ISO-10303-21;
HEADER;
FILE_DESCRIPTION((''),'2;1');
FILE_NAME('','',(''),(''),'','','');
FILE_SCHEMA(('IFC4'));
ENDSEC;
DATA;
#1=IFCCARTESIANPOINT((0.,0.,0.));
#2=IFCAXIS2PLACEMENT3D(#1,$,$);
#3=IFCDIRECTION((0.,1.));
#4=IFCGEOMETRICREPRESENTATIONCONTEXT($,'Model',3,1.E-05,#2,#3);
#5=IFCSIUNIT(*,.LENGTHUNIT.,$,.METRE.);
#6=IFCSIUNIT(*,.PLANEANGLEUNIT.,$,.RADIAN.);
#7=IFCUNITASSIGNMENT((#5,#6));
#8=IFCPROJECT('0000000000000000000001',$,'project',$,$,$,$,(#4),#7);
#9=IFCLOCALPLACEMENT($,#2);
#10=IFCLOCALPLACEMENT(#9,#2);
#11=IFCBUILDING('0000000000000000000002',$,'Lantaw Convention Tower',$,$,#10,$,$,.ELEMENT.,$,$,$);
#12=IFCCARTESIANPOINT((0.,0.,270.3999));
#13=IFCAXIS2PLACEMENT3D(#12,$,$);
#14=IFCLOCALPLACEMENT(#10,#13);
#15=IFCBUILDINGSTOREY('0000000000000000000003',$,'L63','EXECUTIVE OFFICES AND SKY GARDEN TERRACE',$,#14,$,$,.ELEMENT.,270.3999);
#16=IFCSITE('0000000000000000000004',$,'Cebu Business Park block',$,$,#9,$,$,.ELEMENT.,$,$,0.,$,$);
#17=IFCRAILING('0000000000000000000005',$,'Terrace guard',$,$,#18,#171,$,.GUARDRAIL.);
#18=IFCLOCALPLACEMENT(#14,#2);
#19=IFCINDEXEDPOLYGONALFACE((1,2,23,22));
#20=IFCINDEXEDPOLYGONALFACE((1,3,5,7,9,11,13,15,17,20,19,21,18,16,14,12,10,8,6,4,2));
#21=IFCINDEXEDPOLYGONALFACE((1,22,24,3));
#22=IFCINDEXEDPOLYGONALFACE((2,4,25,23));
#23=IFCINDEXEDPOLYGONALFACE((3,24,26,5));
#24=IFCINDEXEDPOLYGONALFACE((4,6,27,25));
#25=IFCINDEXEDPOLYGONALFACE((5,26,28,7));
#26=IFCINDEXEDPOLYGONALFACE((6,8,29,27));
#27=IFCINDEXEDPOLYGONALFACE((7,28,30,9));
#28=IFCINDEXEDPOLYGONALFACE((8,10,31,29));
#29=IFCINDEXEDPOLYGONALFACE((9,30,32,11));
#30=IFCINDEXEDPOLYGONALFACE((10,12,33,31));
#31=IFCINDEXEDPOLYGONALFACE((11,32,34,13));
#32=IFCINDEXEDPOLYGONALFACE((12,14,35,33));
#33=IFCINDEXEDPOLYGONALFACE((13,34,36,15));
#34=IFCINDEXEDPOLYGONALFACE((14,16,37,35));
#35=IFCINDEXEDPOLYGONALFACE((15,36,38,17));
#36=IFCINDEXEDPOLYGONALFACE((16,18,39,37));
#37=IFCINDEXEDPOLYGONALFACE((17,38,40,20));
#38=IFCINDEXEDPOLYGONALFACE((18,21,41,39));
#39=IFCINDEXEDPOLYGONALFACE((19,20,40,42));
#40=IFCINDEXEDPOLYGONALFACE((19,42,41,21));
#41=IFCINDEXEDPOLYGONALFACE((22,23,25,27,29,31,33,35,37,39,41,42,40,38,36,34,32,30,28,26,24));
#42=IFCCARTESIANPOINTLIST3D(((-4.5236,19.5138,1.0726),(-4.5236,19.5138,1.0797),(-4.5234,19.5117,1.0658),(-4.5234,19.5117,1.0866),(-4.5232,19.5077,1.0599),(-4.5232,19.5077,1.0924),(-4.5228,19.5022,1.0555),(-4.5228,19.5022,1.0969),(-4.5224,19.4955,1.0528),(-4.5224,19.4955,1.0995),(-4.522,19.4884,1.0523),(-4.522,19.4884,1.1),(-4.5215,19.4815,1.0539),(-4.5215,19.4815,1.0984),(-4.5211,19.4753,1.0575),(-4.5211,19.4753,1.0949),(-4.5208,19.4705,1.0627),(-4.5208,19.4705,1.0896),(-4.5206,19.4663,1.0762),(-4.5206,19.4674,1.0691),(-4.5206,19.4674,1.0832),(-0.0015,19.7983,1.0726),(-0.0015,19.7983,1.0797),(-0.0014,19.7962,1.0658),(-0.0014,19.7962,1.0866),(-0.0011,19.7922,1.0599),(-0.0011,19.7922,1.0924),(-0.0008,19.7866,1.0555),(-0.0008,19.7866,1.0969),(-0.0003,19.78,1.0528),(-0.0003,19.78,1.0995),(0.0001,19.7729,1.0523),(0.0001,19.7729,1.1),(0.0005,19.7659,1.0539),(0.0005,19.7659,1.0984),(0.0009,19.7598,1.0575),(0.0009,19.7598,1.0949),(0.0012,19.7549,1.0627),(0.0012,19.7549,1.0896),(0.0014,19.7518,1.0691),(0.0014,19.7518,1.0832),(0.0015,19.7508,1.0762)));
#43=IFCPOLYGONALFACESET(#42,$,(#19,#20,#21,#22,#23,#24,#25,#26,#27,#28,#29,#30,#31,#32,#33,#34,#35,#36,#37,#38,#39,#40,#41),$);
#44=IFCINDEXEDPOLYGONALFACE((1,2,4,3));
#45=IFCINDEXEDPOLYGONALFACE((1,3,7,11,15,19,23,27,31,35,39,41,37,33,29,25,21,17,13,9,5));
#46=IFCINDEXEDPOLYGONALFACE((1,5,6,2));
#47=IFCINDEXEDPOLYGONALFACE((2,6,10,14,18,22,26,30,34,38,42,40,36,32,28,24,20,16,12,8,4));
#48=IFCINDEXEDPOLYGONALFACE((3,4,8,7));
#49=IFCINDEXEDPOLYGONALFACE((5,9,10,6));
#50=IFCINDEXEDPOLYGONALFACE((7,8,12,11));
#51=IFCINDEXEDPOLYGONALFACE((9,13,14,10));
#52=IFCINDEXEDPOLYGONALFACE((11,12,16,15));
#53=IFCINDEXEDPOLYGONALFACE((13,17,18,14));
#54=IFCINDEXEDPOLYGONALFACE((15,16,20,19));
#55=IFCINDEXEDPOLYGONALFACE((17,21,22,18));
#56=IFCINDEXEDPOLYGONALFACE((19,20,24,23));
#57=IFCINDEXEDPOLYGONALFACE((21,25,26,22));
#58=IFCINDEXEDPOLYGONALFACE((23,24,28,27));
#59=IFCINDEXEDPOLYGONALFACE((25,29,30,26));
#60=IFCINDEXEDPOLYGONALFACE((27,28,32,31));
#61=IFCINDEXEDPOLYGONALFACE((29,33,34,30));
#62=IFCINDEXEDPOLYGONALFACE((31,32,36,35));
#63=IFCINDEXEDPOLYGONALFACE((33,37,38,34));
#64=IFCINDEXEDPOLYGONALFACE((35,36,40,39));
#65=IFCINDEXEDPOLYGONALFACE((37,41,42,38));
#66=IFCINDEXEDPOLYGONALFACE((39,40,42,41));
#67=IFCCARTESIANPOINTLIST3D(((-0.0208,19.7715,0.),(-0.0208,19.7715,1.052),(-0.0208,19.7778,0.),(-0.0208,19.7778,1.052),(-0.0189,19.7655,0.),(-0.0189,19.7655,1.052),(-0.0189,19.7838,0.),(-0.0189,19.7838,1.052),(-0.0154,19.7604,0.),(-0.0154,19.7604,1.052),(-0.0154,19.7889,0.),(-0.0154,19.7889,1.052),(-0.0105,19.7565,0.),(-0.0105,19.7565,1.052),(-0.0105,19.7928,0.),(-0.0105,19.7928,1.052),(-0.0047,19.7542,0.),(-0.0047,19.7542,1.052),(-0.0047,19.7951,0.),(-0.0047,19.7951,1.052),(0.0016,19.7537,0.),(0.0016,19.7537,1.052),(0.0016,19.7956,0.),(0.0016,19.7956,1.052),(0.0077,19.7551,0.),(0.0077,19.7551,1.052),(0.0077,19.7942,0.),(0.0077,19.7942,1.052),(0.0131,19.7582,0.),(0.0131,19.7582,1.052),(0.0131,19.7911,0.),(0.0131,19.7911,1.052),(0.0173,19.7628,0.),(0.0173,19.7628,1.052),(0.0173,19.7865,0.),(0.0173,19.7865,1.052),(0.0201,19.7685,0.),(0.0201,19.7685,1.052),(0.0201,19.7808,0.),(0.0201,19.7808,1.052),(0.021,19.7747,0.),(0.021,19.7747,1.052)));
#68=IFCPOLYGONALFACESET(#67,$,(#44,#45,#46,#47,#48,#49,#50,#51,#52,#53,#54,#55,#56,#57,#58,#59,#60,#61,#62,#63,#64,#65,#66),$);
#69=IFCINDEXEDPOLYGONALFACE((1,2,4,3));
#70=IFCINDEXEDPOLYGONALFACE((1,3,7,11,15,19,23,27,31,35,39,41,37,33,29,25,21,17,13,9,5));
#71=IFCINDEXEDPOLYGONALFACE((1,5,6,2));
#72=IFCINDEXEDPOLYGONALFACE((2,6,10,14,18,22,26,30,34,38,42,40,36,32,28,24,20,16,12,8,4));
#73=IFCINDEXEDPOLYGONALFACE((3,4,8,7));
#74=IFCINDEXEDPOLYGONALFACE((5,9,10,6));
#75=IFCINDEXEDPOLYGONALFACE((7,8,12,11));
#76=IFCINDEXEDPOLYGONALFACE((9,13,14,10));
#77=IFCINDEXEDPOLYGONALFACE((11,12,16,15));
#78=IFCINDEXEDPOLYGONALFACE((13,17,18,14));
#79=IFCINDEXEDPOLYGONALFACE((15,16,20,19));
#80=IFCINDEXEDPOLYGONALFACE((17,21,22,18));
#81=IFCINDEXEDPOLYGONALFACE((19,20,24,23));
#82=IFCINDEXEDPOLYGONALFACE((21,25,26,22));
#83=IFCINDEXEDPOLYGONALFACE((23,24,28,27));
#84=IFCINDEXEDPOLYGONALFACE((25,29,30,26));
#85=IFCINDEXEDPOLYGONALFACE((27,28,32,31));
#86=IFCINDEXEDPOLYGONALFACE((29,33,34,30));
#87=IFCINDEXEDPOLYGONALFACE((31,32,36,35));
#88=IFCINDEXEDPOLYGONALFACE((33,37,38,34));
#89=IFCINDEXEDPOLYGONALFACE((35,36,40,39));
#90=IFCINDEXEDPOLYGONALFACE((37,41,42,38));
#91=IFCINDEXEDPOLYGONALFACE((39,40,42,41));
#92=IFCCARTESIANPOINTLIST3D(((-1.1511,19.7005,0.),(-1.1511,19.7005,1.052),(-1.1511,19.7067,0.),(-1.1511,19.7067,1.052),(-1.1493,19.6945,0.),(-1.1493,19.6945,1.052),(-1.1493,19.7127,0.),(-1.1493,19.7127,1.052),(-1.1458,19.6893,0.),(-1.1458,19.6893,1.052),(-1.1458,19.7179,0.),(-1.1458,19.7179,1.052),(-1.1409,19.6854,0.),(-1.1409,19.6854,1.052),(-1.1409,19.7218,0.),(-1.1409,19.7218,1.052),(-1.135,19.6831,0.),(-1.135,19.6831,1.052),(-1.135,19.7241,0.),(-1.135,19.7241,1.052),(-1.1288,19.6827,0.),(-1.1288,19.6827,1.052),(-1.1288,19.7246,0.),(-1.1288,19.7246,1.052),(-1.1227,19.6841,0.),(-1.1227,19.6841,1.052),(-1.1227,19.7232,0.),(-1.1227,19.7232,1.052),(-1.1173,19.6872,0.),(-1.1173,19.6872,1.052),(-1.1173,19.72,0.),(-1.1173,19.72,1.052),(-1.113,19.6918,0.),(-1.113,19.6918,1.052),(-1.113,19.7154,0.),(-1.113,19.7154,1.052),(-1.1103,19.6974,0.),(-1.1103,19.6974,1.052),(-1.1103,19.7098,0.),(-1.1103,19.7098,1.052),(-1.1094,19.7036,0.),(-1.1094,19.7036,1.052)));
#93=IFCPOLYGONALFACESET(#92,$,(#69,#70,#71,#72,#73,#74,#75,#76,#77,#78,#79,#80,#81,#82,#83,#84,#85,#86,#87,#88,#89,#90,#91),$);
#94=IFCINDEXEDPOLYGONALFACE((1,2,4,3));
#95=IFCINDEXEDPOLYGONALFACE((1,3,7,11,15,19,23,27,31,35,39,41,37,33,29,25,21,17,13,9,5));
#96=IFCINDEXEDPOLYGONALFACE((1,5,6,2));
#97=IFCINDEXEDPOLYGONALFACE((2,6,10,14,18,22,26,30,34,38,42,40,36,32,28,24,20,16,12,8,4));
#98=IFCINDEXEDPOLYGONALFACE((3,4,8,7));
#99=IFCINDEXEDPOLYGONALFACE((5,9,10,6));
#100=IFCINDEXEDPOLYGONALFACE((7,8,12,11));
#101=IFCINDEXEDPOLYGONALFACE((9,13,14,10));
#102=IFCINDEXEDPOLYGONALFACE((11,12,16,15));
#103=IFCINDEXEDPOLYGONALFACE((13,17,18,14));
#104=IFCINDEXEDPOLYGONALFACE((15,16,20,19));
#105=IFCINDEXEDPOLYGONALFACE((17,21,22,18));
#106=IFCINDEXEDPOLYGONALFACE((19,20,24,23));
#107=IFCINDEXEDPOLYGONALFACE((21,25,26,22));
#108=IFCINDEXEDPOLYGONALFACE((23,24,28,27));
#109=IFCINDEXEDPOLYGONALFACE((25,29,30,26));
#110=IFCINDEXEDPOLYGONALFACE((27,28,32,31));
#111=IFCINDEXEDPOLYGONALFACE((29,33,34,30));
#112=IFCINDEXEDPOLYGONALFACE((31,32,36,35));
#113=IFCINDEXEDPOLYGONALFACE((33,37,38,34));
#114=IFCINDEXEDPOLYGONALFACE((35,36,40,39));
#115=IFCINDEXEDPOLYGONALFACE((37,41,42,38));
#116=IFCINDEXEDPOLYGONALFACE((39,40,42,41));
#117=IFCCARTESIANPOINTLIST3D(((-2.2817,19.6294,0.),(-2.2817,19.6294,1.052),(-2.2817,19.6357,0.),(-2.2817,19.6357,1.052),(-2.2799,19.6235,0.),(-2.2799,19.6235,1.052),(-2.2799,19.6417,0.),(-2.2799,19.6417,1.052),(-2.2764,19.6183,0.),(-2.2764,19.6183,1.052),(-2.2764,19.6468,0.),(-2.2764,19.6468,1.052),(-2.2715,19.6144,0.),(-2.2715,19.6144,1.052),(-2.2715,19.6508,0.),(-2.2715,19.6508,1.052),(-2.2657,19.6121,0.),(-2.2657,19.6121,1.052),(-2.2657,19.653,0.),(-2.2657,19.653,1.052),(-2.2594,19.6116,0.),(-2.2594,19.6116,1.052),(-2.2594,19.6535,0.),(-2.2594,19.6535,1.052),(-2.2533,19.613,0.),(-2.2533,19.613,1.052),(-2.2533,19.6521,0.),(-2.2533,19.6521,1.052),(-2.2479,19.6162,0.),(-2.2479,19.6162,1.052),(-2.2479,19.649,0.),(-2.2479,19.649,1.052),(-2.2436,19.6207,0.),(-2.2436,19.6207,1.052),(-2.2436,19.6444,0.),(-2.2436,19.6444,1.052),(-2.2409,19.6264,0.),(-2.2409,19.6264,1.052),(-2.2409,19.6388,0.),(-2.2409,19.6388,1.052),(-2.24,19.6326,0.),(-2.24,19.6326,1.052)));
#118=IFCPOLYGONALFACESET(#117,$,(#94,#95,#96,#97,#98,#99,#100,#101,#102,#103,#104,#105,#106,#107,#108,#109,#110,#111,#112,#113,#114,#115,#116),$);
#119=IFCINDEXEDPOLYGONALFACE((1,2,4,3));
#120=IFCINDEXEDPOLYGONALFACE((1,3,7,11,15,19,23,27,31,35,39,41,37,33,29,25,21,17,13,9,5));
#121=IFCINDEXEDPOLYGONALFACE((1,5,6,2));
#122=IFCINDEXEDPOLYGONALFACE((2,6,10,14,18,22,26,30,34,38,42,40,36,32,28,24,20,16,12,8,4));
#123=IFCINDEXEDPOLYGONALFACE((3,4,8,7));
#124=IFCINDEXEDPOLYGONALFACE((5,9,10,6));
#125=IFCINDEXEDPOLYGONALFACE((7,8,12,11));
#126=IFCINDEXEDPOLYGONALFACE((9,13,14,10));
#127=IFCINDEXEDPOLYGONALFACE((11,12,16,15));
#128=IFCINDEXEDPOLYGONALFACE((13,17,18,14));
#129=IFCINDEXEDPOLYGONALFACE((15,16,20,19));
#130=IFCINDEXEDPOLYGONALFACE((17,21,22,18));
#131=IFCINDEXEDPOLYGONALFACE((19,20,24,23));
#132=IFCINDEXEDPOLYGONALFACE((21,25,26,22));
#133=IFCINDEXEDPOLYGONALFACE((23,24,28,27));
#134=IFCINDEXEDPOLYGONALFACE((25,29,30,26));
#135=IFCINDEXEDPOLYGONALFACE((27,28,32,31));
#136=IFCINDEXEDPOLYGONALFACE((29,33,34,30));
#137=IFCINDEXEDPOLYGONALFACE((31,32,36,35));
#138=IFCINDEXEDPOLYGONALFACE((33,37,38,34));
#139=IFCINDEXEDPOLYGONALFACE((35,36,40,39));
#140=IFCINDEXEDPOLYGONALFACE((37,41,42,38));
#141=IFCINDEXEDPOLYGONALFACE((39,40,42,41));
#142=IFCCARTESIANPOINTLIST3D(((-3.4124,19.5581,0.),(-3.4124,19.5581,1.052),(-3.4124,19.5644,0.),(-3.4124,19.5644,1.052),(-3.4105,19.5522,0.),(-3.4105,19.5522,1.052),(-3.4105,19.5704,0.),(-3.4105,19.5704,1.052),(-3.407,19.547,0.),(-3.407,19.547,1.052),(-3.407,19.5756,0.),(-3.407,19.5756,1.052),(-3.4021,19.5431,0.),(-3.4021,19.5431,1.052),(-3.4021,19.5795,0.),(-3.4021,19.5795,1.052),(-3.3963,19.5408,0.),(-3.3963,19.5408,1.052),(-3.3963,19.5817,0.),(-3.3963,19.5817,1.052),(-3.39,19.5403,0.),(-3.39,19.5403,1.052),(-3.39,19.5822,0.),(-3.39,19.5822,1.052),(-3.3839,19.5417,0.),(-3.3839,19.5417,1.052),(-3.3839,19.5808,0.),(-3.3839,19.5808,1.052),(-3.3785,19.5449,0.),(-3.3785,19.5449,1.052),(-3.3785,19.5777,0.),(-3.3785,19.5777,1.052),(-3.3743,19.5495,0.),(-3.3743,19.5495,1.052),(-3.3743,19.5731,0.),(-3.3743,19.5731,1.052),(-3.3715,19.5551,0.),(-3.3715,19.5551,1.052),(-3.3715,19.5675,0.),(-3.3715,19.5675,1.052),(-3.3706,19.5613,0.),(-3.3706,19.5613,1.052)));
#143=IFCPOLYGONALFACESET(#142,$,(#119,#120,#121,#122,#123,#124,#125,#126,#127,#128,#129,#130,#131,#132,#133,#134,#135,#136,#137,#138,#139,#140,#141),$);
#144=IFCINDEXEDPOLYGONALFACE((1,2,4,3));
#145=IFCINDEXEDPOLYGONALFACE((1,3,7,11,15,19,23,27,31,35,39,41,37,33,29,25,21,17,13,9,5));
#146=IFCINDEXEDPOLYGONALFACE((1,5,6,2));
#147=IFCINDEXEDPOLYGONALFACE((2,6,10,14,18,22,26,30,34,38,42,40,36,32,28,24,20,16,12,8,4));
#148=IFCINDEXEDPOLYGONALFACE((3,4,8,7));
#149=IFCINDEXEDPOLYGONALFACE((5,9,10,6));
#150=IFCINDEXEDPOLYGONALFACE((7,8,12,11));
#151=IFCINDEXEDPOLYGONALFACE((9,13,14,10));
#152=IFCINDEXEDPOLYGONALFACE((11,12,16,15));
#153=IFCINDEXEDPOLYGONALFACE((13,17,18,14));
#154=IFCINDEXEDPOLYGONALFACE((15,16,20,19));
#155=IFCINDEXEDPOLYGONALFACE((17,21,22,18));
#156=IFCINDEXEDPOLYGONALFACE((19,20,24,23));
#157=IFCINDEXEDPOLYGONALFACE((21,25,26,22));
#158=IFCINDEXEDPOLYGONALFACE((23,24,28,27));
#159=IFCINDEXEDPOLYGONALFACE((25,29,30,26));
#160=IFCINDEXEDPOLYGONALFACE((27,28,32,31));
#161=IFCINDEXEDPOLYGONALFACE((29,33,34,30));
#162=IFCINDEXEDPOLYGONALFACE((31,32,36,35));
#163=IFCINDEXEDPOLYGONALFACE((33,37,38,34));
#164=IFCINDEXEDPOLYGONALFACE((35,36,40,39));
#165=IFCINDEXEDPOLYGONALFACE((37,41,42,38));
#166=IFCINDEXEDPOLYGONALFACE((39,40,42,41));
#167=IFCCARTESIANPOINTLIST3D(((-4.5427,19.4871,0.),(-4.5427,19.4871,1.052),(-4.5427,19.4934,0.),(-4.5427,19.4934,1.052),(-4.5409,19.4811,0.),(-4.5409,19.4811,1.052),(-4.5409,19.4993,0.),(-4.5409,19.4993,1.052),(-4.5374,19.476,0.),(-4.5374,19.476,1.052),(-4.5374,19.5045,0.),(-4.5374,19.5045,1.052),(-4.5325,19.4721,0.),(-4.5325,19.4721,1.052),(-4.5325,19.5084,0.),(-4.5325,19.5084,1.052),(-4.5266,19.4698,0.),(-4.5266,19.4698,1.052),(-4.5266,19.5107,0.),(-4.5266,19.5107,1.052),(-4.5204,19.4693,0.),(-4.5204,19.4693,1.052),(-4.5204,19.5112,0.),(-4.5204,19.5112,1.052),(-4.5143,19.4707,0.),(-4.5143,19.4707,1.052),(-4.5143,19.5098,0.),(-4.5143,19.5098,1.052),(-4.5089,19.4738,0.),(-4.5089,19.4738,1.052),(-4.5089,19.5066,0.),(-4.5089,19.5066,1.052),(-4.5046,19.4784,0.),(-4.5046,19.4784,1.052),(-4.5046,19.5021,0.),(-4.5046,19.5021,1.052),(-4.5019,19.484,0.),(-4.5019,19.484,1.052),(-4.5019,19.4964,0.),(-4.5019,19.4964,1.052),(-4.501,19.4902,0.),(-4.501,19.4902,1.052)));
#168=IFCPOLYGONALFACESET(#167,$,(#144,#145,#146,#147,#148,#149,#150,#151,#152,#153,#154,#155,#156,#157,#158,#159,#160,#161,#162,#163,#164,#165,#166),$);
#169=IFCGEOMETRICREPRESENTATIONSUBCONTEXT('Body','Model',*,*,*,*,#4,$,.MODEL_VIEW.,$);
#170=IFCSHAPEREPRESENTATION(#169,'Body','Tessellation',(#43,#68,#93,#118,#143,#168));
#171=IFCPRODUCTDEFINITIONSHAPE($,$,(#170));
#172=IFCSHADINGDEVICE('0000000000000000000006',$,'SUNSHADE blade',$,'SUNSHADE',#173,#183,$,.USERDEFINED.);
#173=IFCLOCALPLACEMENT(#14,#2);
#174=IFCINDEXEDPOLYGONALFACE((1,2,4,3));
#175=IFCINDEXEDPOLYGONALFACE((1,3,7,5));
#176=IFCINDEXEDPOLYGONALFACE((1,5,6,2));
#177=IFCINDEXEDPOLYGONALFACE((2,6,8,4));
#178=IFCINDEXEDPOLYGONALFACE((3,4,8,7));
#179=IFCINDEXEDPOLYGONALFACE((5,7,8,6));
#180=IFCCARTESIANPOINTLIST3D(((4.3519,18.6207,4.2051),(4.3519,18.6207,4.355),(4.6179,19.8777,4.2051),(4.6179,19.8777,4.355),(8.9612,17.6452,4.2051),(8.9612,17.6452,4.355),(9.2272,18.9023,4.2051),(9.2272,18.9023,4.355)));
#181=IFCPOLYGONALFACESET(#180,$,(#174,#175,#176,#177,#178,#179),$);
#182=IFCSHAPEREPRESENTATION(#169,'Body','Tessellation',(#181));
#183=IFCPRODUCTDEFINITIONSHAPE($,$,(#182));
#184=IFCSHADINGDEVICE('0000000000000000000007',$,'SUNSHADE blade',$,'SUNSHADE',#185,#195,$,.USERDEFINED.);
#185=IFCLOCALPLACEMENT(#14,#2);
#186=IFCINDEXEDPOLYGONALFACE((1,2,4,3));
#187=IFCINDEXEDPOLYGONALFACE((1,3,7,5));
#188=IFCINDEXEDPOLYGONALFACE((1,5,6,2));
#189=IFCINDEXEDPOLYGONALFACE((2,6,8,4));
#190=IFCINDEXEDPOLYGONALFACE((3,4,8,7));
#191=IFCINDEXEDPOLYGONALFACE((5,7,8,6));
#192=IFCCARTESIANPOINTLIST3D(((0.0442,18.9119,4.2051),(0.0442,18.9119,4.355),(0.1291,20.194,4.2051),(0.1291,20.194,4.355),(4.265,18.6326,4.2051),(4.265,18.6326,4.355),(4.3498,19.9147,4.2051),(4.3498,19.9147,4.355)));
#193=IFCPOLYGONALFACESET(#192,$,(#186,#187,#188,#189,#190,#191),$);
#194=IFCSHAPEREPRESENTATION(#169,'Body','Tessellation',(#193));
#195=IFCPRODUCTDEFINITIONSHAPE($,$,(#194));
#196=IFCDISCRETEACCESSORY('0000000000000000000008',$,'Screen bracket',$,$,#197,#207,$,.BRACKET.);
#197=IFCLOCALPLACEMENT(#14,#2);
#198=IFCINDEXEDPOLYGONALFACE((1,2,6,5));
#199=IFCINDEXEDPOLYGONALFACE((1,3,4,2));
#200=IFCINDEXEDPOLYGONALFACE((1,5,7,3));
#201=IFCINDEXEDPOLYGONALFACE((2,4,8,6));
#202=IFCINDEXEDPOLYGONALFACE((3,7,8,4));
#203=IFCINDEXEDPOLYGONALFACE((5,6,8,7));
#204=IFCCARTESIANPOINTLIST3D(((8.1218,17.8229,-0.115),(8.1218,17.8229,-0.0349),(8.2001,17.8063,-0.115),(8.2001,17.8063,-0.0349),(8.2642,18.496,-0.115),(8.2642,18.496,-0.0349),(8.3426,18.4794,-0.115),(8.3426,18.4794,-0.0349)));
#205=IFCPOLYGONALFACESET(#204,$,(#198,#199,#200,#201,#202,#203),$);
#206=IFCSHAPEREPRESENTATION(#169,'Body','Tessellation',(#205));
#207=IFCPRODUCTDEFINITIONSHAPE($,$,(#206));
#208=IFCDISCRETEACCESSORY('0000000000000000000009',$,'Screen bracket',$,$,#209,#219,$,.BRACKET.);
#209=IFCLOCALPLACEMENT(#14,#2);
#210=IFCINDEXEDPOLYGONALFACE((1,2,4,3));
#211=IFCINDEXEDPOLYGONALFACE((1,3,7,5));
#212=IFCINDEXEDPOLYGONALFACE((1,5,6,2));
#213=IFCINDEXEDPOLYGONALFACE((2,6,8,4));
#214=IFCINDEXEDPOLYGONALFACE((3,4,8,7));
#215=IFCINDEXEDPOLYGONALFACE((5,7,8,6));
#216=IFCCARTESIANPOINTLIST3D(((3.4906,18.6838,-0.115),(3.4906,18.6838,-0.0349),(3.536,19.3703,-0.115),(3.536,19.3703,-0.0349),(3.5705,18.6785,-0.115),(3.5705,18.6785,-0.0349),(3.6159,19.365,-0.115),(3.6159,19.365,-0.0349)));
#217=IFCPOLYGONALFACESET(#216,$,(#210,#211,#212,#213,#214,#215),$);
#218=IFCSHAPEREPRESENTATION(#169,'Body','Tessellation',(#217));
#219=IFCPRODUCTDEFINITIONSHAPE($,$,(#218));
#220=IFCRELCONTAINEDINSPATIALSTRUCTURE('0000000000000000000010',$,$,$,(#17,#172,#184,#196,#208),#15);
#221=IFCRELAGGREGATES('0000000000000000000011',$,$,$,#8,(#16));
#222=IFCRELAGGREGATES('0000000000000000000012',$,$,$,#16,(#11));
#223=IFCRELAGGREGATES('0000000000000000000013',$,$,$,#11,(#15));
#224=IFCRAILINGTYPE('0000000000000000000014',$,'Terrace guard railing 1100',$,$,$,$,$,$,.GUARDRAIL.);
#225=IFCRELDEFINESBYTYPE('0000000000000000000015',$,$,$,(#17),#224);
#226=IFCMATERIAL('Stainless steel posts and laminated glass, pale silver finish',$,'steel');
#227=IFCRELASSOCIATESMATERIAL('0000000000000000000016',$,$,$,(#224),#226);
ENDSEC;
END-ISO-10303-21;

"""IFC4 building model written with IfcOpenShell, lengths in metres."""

from ifc_helpers import new_model, si_unit, direction, frame, origin, origin_2d, place, context, subcontext, project, spatial, rectangle, circle, extrude, material, type_object, element, save


model = new_model("IFC4")

# Units and contexts
model_context = context("Model", 3, precision=1e-05, world=origin(), true_north=direction((0.0, 1.0)))
body_context = subcontext(model_context, "Body", "Model", "MODEL_VIEW")
ifc_project = project(units=[si_unit("LENGTHUNIT", "METRE"), si_unit("PLANEANGLEUNIT", "RADIAN")], contexts=[model_context])

# Site, building, storey
site_placement = place(None, origin())
site = spatial("IfcSite", under=ifc_project, at=site_placement, Name="Cebu Business Park block", CompositionType="ELEMENT", RefElevation=0.0)
building_placement = place(site_placement, origin())
building = spatial("IfcBuilding", under=site, at=building_placement, Name="Lantaw Convention Tower", CompositionType="ELEMENT")
storey_placement = place(building_placement, frame((0.0, 0.0, 270.3999)))
storey = spatial("IfcBuildingStorey", under=building, at=storey_placement, Name="L63", Description="EXECUTIVE OFFICES AND SKY GARDEN TERRACE", CompositionType="ELEMENT", Elevation=270.3999)

# Railing
ifc_material_1 = material(Name="Stainless steel posts and laminated glass, pale silver finish", Category="steel")
railing_type = type_object("IfcRailingType", Name="Terrace guard railing 1100", PredefinedType="GUARDRAIL", material=ifc_material_1)
railing_1_placement = place(storey_placement, frame((0.0, 19.7747, 0.0)))
element("IfcRailing", 1, at=railing_1_placement, inside=storey, type_object=railing_type, Name="Terrace guard", PredefinedType="GUARDRAIL", context=body_context, shape_type="SweptSolid", body=[
    extrude(circle(Radius=0.0239, at=origin_2d()), frame((0.0, 0.0, 1.0762), z_axis=(-0.998028, -0.062774, 0.0), x_axis=(0.062774, -0.998028, 0.0)), (0.0, 0.0, 1.0), 4.531),
    extrude(circle(Radius=0.021, at=origin_2d()), origin(), (0.0, 0.0, 1.0), 1.052),
    extrude(circle(Radius=0.021, at=origin_2d()), frame((-1.1304, -0.071, 0.0)), (0.0, 0.0, 1.0), 1.052),
    extrude(circle(Radius=0.021, at=origin_2d()), frame((-2.261, -0.1421, 0.0)), (0.0, 0.0, 1.0), 1.052),
    extrude(circle(Radius=0.021, at=origin_2d()), frame((-3.3916, -0.2134, 0.0)), (0.0, 0.0, 1.0), 1.052),
    extrude(circle(Radius=0.021, at=origin_2d()), frame((-4.522, -0.2844, 0.0)), (0.0, 0.0, 1.0), 1.052),
])

# Shading devices
shading_device_1_placement = place(storey_placement, frame((6.7896, 18.7615, 4.2051), z_axis=(0.0, 0.0, 1.0), x_axis=(-0.978332, 0.20704, 0.0)))
element("IfcShadingDevice", 2, at=shading_device_1_placement, inside=storey, Name="SUNSHADE blade", ObjectType="SUNSHADE", PredefinedType="USERDEFINED", context=body_context, shape_type="SweptSolid", body=[
    extrude(rectangle(XDim=4.7114, YDim=1.2849, at=origin_2d()), origin(), (0.0, 0.0, 1.0), 0.1499),
])
shading_device_2_placement = place(storey_placement, frame((2.197, 19.4133, 4.2051), z_axis=(0.0, 0.0, 1.0), x_axis=(-0.997818, 0.066025, 0.0)))
element("IfcShadingDevice", 3, at=shading_device_2_placement, inside=storey, Name="SUNSHADE blade", ObjectType="SUNSHADE", PredefinedType="USERDEFINED", context=body_context, shape_type="SweptSolid", body=[
    extrude(rectangle(XDim=4.23, YDim=1.2849, at=origin_2d()), origin(), (0.0, 0.0, 1.0), 0.1499),
])

# Discrete accessories
for number, where, z_axis, x_axis, name in (
    (4, (8.2322, 18.1511, -0.115), (0.0, 0.0, 1.0), (-0.978332, 0.20704, 0.0), "Screen bracket"),
    (5, (3.5532, 19.0244, -0.115), (0.0, 0.0, 1.0), (-0.997818, 0.066025, 0.0), "Screen bracket"),
):
    element("IfcDiscreteAccessory", number, at=place(storey_placement, frame(where, z_axis=z_axis, x_axis=x_axis)), inside=storey, Name=name, PredefinedType="BRACKET", context=body_context, shape_type="SweptSolid", body=[
        extrude(rectangle(XDim=0.0801, YDim=0.688, at=origin_2d()), origin(), (0.0, 0.0, 1.0), 0.0801),
    ])

save(model, "model.ifc")
